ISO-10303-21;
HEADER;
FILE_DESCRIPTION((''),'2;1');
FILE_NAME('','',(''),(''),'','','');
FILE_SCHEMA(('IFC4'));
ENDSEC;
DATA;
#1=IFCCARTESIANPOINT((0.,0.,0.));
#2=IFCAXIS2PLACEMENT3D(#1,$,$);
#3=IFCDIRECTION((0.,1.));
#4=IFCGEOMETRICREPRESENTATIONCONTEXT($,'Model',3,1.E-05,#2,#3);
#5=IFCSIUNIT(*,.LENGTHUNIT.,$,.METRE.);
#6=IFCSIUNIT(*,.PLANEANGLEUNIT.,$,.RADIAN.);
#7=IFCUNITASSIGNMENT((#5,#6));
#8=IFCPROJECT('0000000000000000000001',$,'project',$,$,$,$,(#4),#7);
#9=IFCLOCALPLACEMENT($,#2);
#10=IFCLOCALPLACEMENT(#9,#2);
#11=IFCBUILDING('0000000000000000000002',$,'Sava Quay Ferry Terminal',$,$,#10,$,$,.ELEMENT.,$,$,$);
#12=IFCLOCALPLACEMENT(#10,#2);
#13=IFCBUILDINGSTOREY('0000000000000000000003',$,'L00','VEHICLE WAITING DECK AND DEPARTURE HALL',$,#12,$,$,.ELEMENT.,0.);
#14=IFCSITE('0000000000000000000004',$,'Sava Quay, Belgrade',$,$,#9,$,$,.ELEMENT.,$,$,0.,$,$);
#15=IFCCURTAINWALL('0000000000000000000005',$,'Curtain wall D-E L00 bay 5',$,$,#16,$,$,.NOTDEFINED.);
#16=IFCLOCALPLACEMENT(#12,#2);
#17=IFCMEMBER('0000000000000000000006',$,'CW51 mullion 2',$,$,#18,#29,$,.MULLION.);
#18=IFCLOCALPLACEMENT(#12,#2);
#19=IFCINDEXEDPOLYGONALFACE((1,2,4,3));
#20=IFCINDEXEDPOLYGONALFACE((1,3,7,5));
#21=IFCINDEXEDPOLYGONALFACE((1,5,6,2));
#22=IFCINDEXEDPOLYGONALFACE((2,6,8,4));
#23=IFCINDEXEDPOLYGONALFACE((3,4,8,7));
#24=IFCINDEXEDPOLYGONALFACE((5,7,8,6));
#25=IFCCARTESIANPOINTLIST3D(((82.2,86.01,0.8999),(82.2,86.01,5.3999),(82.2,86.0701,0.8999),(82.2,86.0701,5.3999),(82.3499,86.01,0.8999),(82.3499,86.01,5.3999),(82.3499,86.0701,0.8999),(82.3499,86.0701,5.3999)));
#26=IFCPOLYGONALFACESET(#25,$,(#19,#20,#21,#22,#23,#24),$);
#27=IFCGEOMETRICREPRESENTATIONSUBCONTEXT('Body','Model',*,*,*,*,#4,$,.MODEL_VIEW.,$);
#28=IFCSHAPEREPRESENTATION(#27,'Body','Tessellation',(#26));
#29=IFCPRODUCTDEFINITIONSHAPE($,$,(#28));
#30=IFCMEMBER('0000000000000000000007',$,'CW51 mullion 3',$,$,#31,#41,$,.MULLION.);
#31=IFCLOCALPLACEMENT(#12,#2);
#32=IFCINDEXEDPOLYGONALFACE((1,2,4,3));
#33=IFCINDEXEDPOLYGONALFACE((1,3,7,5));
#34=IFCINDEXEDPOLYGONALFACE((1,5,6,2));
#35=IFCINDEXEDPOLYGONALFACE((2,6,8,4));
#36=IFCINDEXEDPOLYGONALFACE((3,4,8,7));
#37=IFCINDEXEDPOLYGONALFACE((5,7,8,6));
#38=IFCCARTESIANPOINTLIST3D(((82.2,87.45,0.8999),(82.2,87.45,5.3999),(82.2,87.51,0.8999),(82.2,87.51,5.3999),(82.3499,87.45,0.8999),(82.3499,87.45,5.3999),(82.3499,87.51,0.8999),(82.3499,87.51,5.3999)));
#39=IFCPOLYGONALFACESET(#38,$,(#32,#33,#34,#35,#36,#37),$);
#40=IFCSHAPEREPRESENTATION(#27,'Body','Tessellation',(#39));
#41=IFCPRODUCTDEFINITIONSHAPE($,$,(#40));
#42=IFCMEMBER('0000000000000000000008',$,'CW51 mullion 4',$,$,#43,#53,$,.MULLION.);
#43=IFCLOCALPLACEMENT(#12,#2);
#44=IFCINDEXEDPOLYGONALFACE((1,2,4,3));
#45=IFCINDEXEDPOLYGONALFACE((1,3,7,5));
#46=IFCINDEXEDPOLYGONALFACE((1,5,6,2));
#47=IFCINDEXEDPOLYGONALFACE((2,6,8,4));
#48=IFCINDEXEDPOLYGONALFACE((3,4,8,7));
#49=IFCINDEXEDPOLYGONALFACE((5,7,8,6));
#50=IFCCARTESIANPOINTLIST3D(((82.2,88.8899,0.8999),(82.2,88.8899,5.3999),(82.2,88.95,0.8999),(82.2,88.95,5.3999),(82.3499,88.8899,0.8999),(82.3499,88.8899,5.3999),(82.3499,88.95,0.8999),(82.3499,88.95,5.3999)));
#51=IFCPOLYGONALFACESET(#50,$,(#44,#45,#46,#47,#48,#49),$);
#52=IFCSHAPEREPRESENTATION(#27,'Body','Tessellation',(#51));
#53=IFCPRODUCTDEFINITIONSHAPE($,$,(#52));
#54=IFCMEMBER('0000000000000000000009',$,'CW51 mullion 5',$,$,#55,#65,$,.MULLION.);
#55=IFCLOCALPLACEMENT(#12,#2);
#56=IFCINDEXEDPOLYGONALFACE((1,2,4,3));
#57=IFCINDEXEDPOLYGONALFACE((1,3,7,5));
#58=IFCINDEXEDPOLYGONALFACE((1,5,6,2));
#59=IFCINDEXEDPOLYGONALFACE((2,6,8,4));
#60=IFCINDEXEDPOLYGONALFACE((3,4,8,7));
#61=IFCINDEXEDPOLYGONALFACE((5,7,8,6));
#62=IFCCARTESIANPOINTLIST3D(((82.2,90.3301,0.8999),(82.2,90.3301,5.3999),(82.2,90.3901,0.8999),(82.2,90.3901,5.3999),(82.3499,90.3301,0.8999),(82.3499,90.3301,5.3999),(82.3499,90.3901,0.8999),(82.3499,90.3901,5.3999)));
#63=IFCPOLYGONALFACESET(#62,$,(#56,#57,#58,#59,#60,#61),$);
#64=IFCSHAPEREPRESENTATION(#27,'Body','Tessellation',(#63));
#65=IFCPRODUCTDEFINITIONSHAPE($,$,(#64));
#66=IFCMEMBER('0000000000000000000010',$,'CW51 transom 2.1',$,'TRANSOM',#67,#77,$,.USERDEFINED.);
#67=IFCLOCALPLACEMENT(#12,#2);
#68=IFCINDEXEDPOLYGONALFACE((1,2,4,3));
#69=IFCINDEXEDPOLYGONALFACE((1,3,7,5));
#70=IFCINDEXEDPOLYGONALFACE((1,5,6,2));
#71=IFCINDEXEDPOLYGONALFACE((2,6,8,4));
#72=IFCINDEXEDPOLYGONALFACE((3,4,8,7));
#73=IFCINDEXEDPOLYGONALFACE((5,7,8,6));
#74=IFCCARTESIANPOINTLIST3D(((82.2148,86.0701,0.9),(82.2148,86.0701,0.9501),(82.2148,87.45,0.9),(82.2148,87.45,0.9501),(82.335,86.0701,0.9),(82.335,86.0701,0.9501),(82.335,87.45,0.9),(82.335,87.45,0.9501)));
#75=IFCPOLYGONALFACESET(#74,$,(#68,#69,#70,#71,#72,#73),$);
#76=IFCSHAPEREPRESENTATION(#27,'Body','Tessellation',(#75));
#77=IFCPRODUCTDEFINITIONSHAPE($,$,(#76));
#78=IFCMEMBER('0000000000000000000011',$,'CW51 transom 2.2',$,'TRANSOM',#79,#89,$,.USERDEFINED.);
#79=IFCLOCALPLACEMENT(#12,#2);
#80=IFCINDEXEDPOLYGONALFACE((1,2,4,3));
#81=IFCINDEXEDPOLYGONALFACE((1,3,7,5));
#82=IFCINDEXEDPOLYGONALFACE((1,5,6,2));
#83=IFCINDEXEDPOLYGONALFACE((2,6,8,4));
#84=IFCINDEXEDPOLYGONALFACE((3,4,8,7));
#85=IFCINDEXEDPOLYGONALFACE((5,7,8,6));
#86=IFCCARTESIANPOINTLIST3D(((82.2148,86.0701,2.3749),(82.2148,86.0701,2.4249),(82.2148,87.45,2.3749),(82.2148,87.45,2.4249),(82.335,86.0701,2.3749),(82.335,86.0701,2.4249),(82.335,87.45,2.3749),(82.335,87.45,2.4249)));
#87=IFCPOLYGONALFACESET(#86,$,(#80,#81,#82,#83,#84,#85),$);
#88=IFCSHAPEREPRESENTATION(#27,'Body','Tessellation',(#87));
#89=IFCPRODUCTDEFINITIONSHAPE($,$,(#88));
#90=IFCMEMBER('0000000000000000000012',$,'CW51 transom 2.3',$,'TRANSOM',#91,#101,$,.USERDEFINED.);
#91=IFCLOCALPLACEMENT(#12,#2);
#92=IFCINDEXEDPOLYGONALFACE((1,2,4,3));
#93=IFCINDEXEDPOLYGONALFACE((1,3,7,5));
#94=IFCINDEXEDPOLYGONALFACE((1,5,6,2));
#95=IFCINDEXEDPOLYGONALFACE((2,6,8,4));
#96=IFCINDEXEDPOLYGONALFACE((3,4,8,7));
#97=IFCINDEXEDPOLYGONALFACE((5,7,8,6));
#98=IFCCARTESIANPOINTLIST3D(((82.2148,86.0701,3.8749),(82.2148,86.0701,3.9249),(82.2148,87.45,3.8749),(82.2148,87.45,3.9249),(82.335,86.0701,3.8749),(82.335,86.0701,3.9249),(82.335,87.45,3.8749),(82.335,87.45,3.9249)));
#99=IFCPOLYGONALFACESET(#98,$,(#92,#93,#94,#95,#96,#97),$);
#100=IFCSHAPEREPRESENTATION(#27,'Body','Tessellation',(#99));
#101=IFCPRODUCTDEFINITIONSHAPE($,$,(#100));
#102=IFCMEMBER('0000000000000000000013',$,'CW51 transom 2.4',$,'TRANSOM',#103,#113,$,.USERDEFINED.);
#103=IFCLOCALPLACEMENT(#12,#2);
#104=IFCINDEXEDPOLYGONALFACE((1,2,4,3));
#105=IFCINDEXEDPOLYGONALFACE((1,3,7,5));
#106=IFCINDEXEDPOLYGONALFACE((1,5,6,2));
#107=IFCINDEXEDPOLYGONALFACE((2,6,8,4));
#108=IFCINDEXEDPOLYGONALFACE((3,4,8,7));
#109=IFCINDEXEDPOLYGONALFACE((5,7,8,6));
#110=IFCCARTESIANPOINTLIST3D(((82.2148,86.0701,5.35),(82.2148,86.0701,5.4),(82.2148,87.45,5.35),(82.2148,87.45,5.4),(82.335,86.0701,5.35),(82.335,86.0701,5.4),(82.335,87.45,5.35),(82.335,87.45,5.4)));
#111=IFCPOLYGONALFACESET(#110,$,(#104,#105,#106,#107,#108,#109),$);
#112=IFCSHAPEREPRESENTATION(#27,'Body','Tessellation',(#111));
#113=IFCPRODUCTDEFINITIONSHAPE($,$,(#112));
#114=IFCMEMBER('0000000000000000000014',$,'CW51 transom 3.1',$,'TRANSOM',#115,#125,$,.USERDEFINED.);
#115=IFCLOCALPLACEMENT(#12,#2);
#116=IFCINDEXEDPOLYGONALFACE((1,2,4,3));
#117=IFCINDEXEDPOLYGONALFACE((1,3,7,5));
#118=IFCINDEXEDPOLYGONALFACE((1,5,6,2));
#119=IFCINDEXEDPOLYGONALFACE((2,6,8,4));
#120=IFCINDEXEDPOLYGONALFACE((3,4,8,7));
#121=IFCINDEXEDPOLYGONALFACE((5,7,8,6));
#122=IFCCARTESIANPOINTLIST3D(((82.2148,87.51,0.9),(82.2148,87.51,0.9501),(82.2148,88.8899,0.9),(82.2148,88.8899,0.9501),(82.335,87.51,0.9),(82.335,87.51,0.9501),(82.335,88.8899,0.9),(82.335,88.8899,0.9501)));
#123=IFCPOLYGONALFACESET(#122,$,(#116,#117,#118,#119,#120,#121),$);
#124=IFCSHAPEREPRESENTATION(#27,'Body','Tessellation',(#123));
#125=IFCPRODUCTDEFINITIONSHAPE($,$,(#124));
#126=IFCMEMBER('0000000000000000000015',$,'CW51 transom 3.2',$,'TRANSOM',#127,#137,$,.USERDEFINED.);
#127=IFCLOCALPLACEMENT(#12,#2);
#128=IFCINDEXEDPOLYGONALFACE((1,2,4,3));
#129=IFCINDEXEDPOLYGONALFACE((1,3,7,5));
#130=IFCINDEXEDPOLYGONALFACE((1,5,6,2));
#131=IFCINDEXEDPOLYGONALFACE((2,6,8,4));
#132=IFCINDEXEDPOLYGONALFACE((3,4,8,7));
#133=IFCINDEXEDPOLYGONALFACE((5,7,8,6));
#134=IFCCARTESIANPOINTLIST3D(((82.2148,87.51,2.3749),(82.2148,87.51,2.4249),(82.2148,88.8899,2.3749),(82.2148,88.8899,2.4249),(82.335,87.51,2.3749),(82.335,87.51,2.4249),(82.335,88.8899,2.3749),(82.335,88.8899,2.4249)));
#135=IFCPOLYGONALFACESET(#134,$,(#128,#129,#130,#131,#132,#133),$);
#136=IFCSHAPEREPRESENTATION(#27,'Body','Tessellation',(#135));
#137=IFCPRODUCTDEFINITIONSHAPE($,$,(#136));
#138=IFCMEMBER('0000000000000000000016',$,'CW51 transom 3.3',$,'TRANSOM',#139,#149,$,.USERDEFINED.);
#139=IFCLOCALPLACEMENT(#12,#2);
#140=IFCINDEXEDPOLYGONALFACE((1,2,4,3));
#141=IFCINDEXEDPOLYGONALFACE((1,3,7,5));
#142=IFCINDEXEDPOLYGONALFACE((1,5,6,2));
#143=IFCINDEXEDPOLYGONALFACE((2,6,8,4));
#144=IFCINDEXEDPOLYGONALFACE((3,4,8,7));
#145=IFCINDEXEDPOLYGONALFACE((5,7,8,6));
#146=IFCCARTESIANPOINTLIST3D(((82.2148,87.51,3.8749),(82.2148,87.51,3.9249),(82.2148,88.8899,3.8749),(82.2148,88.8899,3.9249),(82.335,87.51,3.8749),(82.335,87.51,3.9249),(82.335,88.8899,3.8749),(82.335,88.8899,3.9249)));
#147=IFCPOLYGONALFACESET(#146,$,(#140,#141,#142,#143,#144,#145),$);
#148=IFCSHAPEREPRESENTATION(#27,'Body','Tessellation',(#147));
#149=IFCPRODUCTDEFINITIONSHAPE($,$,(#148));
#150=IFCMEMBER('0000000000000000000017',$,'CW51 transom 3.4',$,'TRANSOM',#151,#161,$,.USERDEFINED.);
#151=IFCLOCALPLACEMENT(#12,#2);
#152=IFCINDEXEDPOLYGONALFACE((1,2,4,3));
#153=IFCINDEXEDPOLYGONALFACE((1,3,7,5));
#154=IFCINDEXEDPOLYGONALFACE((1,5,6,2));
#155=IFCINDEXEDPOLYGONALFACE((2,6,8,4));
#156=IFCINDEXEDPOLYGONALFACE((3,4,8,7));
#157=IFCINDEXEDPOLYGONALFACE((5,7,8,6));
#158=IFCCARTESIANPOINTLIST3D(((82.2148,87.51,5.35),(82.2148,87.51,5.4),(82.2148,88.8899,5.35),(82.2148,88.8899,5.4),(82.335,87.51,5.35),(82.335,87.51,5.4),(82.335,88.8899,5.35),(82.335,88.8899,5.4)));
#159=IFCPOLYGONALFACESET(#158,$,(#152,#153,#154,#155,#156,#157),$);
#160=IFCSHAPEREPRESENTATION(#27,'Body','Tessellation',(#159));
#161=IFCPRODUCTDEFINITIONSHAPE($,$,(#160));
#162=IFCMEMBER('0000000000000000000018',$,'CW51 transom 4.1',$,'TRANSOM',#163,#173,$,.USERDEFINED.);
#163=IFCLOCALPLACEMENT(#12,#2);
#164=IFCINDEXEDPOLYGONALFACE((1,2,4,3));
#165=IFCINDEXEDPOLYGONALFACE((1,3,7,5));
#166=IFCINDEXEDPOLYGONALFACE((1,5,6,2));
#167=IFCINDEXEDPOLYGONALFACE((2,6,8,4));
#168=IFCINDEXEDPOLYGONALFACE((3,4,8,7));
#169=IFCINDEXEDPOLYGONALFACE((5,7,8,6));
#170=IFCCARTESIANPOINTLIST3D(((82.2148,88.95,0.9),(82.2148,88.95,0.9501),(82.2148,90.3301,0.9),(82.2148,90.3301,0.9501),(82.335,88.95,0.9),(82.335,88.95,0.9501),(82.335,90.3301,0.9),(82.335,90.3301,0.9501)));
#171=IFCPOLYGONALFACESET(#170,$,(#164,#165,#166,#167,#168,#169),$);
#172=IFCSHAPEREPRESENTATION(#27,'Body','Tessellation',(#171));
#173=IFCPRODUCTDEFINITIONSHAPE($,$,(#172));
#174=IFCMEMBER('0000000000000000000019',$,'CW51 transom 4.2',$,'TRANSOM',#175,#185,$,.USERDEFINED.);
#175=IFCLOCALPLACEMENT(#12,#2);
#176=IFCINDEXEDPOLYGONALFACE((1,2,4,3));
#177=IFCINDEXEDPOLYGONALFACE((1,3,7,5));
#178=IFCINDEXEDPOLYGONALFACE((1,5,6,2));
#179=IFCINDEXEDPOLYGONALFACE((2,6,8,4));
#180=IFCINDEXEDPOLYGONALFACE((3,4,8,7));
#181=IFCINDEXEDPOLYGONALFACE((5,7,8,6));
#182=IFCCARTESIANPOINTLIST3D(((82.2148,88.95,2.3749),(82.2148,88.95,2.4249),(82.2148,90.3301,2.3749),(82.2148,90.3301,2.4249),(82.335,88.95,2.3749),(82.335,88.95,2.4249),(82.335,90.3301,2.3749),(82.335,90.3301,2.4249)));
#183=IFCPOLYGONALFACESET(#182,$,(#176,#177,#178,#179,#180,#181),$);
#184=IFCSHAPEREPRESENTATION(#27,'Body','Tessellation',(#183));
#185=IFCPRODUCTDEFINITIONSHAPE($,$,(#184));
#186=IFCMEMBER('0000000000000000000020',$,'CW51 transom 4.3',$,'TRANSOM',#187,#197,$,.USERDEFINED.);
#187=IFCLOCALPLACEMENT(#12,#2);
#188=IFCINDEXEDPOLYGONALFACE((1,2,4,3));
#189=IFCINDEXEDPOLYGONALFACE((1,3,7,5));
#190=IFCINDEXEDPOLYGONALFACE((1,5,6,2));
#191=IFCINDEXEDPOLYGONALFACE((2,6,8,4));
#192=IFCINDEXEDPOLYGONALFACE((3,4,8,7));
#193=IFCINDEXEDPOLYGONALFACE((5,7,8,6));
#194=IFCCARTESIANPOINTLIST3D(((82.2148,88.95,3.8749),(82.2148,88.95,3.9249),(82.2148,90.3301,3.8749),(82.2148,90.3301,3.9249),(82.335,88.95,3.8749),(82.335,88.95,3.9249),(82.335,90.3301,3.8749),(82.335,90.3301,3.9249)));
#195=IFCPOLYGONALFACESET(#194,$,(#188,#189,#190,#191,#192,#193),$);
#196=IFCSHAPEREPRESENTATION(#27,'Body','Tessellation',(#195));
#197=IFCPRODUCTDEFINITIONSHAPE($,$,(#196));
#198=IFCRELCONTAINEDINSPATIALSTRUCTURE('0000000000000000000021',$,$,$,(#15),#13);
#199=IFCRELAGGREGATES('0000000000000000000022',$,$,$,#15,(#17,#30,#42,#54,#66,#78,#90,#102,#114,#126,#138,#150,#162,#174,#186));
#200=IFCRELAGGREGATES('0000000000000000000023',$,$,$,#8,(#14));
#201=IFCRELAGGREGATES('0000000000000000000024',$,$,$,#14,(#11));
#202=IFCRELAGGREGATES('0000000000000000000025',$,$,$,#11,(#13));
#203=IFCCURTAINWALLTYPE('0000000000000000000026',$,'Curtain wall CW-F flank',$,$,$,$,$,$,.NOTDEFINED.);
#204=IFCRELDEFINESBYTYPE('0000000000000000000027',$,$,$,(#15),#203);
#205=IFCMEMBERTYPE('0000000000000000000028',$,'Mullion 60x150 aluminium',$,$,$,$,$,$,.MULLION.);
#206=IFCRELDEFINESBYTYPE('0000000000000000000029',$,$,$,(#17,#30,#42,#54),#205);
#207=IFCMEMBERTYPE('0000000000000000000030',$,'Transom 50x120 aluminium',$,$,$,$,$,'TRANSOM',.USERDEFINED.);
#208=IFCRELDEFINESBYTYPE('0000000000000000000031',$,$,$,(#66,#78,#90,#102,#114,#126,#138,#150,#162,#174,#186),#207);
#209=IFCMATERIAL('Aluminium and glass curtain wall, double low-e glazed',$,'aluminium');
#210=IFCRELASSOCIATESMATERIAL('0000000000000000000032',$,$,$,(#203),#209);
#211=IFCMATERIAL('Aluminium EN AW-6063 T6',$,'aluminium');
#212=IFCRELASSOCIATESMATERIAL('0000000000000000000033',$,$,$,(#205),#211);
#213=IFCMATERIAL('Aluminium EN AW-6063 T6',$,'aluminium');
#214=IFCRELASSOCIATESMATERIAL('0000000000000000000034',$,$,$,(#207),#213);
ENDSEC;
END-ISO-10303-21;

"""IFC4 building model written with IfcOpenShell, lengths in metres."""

from ifc_helpers import new_model, si_unit, direction, frame, origin, origin_2d, place, context, subcontext, project, spatial, rectangle, extrude, material, material_profile, profile_set, type_object, element, aggregate, save


model = new_model("IFC4")

# Units and contexts
model_context = context("Model", 3, precision=1e-05, world=origin(), true_north=direction((0.0, 1.0)))
body_context = subcontext(model_context, "Body", "Model", "MODEL_VIEW")
ifc_project = project(units=[si_unit("LENGTHUNIT", "METRE"), si_unit("PLANEANGLEUNIT", "RADIAN")], contexts=[model_context])

# Site, building, storey
site_placement = place(None, origin())
site = spatial("IfcSite", under=ifc_project, at=site_placement, Name="Sava Quay, Belgrade", CompositionType="ELEMENT", RefElevation=0.0)
building_placement = place(site_placement, origin())
building = spatial("IfcBuilding", under=site, at=building_placement, Name="Sava Quay Ferry Terminal", CompositionType="ELEMENT")
storey_placement = place(building_placement, origin())
storey = spatial("IfcBuildingStorey", under=building, at=storey_placement, Name="L00", Description="VEHICLE WAITING DECK AND DEPARTURE HALL", CompositionType="ELEMENT", Elevation=0.0)

# Curtain wall, members
ifc_material_1 = material(Name="Aluminium and glass curtain wall, double low-e glazed", Category="aluminium")
curtain_wall_type = type_object("IfcCurtainWallType", Name="Curtain wall CW-F flank", PredefinedType="NOTDEFINED", material=ifc_material_1)
curtain_wall_placement = place(storey_placement, origin())
curtain_wall = element("IfcCurtainWall", 1, at=curtain_wall_placement, inside=storey, type_object=curtain_wall_type, Name="Curtain wall D-E L00 bay 5", PredefinedType="NOTDEFINED")
ifc_material_2 = material(Name="Aluminium EN AW-6063 T6", Category="aluminium")
ifc_material_profile_1 = material_profile(ifc_material_2, rectangle(XDim=0.1499, YDim=0.0601, at=origin_2d()), Name="Mullion 60x150 aluminium")
ifc_profile_set_1 = profile_set([ifc_material_profile_1], Name="Aluminium EN AW-6063 T6")
member_type_1 = type_object("IfcMemberType", Name="Mullion 60x150 aluminium", PredefinedType="MULLION", material=ifc_profile_set_1)
member_1_placement = place(storey_placement, frame((82.2749, 86.04, 0.8999), z_axis=(0.0, 0.0, 1.0), x_axis=(-1.0, 0.0, 0.0)))
member_1 = element("IfcMember", 2, at=member_1_placement, type_object=member_type_1, Name="CW51 mullion 2", PredefinedType="MULLION", context=body_context, shape_type="SweptSolid", body=[
    extrude(rectangle(XDim=0.1499, YDim=0.0601, at=origin_2d()), origin(), (0.0, 0.0, 1.0), 4.5),
])
member_2_placement = place(storey_placement, frame((82.2749, 87.48, 0.8999), z_axis=(0.0, 0.0, 1.0), x_axis=(-1.0, 0.0, 0.0)))
member_2 = element("IfcMember", 3, at=member_2_placement, type_object=member_type_1, Name="CW51 mullion 3", PredefinedType="MULLION", context=body_context, shape_type="SweptSolid", body=[
    extrude(rectangle(XDim=0.1499, YDim=0.0601, at=origin_2d()), origin(), (0.0, 0.0, 1.0), 4.5),
])
member_3_placement = place(storey_placement, frame((82.2749, 88.9199, 0.8999), z_axis=(0.0, 0.0, 1.0), x_axis=(-1.0, 0.0, 0.0)))
member_3 = element("IfcMember", 4, at=member_3_placement, type_object=member_type_1, Name="CW51 mullion 4", PredefinedType="MULLION", context=body_context, shape_type="SweptSolid", body=[
    extrude(rectangle(XDim=0.1499, YDim=0.0601, at=origin_2d()), origin(), (0.0, 0.0, 1.0), 4.5),
])
member_4_placement = place(storey_placement, frame((82.2749, 90.3601, 0.8999), z_axis=(0.0, 0.0, 1.0), x_axis=(-1.0, 0.0, 0.0)))
member_4 = element("IfcMember", 5, at=member_4_placement, type_object=member_type_1, Name="CW51 mullion 5", PredefinedType="MULLION", context=body_context, shape_type="SweptSolid", body=[
    extrude(rectangle(XDim=0.1499, YDim=0.0601, at=origin_2d()), origin(), (0.0, 0.0, 1.0), 4.5),
])
ifc_material_3 = material(Name="Aluminium EN AW-6063 T6", Category="aluminium")
ifc_material_profile_2 = material_profile(ifc_material_3, rectangle(XDim=0.1201, YDim=0.05, at=origin_2d()), Name="Transom 50x120 aluminium")
ifc_profile_set_2 = profile_set([ifc_material_profile_2], Name="Aluminium EN AW-6063 T6")
member_type_2 = type_object("IfcMemberType", Name="Transom 50x120 aluminium", ElementType="TRANSOM", PredefinedType="USERDEFINED", material=ifc_profile_set_2)
member_5_placement = place(storey_placement, frame((82.2749, 86.0701, 0.925), z_axis=(0.0, 1.0, 0.0), x_axis=(-1.0, 0.0, 0.0)))
member_5 = element("IfcMember", 6, at=member_5_placement, type_object=member_type_2, Name="CW51 transom 2.1", ObjectType="TRANSOM", PredefinedType="USERDEFINED", context=body_context, shape_type="SweptSolid", body=[
    extrude(rectangle(XDim=0.1201, YDim=0.05, at=origin_2d()), origin(), (0.0, 0.0, 1.0), 1.3799),
])
member_6_placement = place(storey_placement, frame((82.2749, 86.0701, 2.3999), z_axis=(0.0, 1.0, 0.0), x_axis=(-1.0, 0.0, 0.0)))
member_6 = element("IfcMember", 7, at=member_6_placement, type_object=member_type_2, Name="CW51 transom 2.2", ObjectType="TRANSOM", PredefinedType="USERDEFINED", context=body_context, shape_type="SweptSolid", body=[
    extrude(rectangle(XDim=0.1201, YDim=0.05, at=origin_2d()), origin(), (0.0, 0.0, 1.0), 1.3799),
])
member_7_placement = place(storey_placement, frame((82.2749, 86.0701, 3.8999), z_axis=(0.0, 1.0, 0.0), x_axis=(-1.0, 0.0, 0.0)))
member_7 = element("IfcMember", 8, at=member_7_placement, type_object=member_type_2, Name="CW51 transom 2.3", ObjectType="TRANSOM", PredefinedType="USERDEFINED", context=body_context, shape_type="SweptSolid", body=[
    extrude(rectangle(XDim=0.1201, YDim=0.05, at=origin_2d()), origin(), (0.0, 0.0, 1.0), 1.3799),
])
member_8_placement = place(storey_placement, frame((82.2749, 86.0701, 5.375), z_axis=(0.0, 1.0, 0.0), x_axis=(-1.0, 0.0, 0.0)))
member_8 = element("IfcMember", 9, at=member_8_placement, type_object=member_type_2, Name="CW51 transom 2.4", ObjectType="TRANSOM", PredefinedType="USERDEFINED", context=body_context, shape_type="SweptSolid", body=[
    extrude(rectangle(XDim=0.1201, YDim=0.05, at=origin_2d()), origin(), (0.0, 0.0, 1.0), 1.3799),
])
member_9_placement = place(storey_placement, frame((82.2749, 87.51, 0.925), z_axis=(0.0, 1.0, 0.0), x_axis=(-1.0, 0.0, 0.0)))
member_9 = element("IfcMember", 10, at=member_9_placement, type_object=member_type_2, Name="CW51 transom 3.1", ObjectType="TRANSOM", PredefinedType="USERDEFINED", context=body_context, shape_type="SweptSolid", body=[
    extrude(rectangle(XDim=0.1201, YDim=0.05, at=origin_2d()), origin(), (0.0, 0.0, 1.0), 1.3799),
])
member_10_placement = place(storey_placement, frame((82.2749, 87.51, 2.3999), z_axis=(0.0, 1.0, 0.0), x_axis=(-1.0, 0.0, 0.0)))
member_10 = element("IfcMember", 11, at=member_10_placement, type_object=member_type_2, Name="CW51 transom 3.2", ObjectType="TRANSOM", PredefinedType="USERDEFINED", context=body_context, shape_type="SweptSolid", body=[
    extrude(rectangle(XDim=0.1201, YDim=0.05, at=origin_2d()), origin(), (0.0, 0.0, 1.0), 1.3799),
])
member_11_placement = place(storey_placement, frame((82.2749, 87.51, 3.8999), z_axis=(0.0, 1.0, 0.0), x_axis=(-1.0, 0.0, 0.0)))
member_11 = element("IfcMember", 12, at=member_11_placement, type_object=member_type_2, Name="CW51 transom 3.3", ObjectType="TRANSOM", PredefinedType="USERDEFINED", context=body_context, shape_type="SweptSolid", body=[
    extrude(rectangle(XDim=0.1201, YDim=0.05, at=origin_2d()), origin(), (0.0, 0.0, 1.0), 1.3799),
])
member_12_placement = place(storey_placement, frame((82.2749, 87.51, 5.375), z_axis=(0.0, 1.0, 0.0), x_axis=(-1.0, 0.0, 0.0)))
member_12 = element("IfcMember", 13, at=member_12_placement, type_object=member_type_2, Name="CW51 transom 3.4", ObjectType="TRANSOM", PredefinedType="USERDEFINED", context=body_context, shape_type="SweptSolid", body=[
    extrude(rectangle(XDim=0.1201, YDim=0.05, at=origin_2d()), origin(), (0.0, 0.0, 1.0), 1.3799),
])
member_13_placement = place(storey_placement, frame((82.2749, 88.95, 0.925), z_axis=(0.0, 1.0, 0.0), x_axis=(-1.0, 0.0, 0.0)))
member_13 = element("IfcMember", 14, at=member_13_placement, type_object=member_type_2, Name="CW51 transom 4.1", ObjectType="TRANSOM", PredefinedType="USERDEFINED", context=body_context, shape_type="SweptSolid", body=[
    extrude(rectangle(XDim=0.1201, YDim=0.05, at=origin_2d()), origin(), (0.0, 0.0, 1.0), 1.3801),
])
member_14_placement = place(storey_placement, frame((82.2749, 88.95, 2.3999), z_axis=(0.0, 1.0, 0.0), x_axis=(-1.0, 0.0, 0.0)))
member_14 = element("IfcMember", 15, at=member_14_placement, type_object=member_type_2, Name="CW51 transom 4.2", ObjectType="TRANSOM", PredefinedType="USERDEFINED", context=body_context, shape_type="SweptSolid", body=[
    extrude(rectangle(XDim=0.1201, YDim=0.05, at=origin_2d()), origin(), (0.0, 0.0, 1.0), 1.3801),
])
member_15_placement = place(storey_placement, frame((82.2749, 88.95, 3.8999), z_axis=(0.0, 1.0, 0.0), x_axis=(-1.0, 0.0, 0.0)))
member_15 = element("IfcMember", 16, at=member_15_placement, type_object=member_type_2, Name="CW51 transom 4.3", ObjectType="TRANSOM", PredefinedType="USERDEFINED", context=body_context, shape_type="SweptSolid", body=[
    extrude(rectangle(XDim=0.1201, YDim=0.05, at=origin_2d()), origin(), (0.0, 0.0, 1.0), 1.3801),
])
aggregate(curtain_wall, [member_1, member_2, member_3, member_4, member_5, member_6, member_7, member_8, member_9, member_10, member_11, member_12, member_13, member_14, member_15])

save(model, "model.ifc")
